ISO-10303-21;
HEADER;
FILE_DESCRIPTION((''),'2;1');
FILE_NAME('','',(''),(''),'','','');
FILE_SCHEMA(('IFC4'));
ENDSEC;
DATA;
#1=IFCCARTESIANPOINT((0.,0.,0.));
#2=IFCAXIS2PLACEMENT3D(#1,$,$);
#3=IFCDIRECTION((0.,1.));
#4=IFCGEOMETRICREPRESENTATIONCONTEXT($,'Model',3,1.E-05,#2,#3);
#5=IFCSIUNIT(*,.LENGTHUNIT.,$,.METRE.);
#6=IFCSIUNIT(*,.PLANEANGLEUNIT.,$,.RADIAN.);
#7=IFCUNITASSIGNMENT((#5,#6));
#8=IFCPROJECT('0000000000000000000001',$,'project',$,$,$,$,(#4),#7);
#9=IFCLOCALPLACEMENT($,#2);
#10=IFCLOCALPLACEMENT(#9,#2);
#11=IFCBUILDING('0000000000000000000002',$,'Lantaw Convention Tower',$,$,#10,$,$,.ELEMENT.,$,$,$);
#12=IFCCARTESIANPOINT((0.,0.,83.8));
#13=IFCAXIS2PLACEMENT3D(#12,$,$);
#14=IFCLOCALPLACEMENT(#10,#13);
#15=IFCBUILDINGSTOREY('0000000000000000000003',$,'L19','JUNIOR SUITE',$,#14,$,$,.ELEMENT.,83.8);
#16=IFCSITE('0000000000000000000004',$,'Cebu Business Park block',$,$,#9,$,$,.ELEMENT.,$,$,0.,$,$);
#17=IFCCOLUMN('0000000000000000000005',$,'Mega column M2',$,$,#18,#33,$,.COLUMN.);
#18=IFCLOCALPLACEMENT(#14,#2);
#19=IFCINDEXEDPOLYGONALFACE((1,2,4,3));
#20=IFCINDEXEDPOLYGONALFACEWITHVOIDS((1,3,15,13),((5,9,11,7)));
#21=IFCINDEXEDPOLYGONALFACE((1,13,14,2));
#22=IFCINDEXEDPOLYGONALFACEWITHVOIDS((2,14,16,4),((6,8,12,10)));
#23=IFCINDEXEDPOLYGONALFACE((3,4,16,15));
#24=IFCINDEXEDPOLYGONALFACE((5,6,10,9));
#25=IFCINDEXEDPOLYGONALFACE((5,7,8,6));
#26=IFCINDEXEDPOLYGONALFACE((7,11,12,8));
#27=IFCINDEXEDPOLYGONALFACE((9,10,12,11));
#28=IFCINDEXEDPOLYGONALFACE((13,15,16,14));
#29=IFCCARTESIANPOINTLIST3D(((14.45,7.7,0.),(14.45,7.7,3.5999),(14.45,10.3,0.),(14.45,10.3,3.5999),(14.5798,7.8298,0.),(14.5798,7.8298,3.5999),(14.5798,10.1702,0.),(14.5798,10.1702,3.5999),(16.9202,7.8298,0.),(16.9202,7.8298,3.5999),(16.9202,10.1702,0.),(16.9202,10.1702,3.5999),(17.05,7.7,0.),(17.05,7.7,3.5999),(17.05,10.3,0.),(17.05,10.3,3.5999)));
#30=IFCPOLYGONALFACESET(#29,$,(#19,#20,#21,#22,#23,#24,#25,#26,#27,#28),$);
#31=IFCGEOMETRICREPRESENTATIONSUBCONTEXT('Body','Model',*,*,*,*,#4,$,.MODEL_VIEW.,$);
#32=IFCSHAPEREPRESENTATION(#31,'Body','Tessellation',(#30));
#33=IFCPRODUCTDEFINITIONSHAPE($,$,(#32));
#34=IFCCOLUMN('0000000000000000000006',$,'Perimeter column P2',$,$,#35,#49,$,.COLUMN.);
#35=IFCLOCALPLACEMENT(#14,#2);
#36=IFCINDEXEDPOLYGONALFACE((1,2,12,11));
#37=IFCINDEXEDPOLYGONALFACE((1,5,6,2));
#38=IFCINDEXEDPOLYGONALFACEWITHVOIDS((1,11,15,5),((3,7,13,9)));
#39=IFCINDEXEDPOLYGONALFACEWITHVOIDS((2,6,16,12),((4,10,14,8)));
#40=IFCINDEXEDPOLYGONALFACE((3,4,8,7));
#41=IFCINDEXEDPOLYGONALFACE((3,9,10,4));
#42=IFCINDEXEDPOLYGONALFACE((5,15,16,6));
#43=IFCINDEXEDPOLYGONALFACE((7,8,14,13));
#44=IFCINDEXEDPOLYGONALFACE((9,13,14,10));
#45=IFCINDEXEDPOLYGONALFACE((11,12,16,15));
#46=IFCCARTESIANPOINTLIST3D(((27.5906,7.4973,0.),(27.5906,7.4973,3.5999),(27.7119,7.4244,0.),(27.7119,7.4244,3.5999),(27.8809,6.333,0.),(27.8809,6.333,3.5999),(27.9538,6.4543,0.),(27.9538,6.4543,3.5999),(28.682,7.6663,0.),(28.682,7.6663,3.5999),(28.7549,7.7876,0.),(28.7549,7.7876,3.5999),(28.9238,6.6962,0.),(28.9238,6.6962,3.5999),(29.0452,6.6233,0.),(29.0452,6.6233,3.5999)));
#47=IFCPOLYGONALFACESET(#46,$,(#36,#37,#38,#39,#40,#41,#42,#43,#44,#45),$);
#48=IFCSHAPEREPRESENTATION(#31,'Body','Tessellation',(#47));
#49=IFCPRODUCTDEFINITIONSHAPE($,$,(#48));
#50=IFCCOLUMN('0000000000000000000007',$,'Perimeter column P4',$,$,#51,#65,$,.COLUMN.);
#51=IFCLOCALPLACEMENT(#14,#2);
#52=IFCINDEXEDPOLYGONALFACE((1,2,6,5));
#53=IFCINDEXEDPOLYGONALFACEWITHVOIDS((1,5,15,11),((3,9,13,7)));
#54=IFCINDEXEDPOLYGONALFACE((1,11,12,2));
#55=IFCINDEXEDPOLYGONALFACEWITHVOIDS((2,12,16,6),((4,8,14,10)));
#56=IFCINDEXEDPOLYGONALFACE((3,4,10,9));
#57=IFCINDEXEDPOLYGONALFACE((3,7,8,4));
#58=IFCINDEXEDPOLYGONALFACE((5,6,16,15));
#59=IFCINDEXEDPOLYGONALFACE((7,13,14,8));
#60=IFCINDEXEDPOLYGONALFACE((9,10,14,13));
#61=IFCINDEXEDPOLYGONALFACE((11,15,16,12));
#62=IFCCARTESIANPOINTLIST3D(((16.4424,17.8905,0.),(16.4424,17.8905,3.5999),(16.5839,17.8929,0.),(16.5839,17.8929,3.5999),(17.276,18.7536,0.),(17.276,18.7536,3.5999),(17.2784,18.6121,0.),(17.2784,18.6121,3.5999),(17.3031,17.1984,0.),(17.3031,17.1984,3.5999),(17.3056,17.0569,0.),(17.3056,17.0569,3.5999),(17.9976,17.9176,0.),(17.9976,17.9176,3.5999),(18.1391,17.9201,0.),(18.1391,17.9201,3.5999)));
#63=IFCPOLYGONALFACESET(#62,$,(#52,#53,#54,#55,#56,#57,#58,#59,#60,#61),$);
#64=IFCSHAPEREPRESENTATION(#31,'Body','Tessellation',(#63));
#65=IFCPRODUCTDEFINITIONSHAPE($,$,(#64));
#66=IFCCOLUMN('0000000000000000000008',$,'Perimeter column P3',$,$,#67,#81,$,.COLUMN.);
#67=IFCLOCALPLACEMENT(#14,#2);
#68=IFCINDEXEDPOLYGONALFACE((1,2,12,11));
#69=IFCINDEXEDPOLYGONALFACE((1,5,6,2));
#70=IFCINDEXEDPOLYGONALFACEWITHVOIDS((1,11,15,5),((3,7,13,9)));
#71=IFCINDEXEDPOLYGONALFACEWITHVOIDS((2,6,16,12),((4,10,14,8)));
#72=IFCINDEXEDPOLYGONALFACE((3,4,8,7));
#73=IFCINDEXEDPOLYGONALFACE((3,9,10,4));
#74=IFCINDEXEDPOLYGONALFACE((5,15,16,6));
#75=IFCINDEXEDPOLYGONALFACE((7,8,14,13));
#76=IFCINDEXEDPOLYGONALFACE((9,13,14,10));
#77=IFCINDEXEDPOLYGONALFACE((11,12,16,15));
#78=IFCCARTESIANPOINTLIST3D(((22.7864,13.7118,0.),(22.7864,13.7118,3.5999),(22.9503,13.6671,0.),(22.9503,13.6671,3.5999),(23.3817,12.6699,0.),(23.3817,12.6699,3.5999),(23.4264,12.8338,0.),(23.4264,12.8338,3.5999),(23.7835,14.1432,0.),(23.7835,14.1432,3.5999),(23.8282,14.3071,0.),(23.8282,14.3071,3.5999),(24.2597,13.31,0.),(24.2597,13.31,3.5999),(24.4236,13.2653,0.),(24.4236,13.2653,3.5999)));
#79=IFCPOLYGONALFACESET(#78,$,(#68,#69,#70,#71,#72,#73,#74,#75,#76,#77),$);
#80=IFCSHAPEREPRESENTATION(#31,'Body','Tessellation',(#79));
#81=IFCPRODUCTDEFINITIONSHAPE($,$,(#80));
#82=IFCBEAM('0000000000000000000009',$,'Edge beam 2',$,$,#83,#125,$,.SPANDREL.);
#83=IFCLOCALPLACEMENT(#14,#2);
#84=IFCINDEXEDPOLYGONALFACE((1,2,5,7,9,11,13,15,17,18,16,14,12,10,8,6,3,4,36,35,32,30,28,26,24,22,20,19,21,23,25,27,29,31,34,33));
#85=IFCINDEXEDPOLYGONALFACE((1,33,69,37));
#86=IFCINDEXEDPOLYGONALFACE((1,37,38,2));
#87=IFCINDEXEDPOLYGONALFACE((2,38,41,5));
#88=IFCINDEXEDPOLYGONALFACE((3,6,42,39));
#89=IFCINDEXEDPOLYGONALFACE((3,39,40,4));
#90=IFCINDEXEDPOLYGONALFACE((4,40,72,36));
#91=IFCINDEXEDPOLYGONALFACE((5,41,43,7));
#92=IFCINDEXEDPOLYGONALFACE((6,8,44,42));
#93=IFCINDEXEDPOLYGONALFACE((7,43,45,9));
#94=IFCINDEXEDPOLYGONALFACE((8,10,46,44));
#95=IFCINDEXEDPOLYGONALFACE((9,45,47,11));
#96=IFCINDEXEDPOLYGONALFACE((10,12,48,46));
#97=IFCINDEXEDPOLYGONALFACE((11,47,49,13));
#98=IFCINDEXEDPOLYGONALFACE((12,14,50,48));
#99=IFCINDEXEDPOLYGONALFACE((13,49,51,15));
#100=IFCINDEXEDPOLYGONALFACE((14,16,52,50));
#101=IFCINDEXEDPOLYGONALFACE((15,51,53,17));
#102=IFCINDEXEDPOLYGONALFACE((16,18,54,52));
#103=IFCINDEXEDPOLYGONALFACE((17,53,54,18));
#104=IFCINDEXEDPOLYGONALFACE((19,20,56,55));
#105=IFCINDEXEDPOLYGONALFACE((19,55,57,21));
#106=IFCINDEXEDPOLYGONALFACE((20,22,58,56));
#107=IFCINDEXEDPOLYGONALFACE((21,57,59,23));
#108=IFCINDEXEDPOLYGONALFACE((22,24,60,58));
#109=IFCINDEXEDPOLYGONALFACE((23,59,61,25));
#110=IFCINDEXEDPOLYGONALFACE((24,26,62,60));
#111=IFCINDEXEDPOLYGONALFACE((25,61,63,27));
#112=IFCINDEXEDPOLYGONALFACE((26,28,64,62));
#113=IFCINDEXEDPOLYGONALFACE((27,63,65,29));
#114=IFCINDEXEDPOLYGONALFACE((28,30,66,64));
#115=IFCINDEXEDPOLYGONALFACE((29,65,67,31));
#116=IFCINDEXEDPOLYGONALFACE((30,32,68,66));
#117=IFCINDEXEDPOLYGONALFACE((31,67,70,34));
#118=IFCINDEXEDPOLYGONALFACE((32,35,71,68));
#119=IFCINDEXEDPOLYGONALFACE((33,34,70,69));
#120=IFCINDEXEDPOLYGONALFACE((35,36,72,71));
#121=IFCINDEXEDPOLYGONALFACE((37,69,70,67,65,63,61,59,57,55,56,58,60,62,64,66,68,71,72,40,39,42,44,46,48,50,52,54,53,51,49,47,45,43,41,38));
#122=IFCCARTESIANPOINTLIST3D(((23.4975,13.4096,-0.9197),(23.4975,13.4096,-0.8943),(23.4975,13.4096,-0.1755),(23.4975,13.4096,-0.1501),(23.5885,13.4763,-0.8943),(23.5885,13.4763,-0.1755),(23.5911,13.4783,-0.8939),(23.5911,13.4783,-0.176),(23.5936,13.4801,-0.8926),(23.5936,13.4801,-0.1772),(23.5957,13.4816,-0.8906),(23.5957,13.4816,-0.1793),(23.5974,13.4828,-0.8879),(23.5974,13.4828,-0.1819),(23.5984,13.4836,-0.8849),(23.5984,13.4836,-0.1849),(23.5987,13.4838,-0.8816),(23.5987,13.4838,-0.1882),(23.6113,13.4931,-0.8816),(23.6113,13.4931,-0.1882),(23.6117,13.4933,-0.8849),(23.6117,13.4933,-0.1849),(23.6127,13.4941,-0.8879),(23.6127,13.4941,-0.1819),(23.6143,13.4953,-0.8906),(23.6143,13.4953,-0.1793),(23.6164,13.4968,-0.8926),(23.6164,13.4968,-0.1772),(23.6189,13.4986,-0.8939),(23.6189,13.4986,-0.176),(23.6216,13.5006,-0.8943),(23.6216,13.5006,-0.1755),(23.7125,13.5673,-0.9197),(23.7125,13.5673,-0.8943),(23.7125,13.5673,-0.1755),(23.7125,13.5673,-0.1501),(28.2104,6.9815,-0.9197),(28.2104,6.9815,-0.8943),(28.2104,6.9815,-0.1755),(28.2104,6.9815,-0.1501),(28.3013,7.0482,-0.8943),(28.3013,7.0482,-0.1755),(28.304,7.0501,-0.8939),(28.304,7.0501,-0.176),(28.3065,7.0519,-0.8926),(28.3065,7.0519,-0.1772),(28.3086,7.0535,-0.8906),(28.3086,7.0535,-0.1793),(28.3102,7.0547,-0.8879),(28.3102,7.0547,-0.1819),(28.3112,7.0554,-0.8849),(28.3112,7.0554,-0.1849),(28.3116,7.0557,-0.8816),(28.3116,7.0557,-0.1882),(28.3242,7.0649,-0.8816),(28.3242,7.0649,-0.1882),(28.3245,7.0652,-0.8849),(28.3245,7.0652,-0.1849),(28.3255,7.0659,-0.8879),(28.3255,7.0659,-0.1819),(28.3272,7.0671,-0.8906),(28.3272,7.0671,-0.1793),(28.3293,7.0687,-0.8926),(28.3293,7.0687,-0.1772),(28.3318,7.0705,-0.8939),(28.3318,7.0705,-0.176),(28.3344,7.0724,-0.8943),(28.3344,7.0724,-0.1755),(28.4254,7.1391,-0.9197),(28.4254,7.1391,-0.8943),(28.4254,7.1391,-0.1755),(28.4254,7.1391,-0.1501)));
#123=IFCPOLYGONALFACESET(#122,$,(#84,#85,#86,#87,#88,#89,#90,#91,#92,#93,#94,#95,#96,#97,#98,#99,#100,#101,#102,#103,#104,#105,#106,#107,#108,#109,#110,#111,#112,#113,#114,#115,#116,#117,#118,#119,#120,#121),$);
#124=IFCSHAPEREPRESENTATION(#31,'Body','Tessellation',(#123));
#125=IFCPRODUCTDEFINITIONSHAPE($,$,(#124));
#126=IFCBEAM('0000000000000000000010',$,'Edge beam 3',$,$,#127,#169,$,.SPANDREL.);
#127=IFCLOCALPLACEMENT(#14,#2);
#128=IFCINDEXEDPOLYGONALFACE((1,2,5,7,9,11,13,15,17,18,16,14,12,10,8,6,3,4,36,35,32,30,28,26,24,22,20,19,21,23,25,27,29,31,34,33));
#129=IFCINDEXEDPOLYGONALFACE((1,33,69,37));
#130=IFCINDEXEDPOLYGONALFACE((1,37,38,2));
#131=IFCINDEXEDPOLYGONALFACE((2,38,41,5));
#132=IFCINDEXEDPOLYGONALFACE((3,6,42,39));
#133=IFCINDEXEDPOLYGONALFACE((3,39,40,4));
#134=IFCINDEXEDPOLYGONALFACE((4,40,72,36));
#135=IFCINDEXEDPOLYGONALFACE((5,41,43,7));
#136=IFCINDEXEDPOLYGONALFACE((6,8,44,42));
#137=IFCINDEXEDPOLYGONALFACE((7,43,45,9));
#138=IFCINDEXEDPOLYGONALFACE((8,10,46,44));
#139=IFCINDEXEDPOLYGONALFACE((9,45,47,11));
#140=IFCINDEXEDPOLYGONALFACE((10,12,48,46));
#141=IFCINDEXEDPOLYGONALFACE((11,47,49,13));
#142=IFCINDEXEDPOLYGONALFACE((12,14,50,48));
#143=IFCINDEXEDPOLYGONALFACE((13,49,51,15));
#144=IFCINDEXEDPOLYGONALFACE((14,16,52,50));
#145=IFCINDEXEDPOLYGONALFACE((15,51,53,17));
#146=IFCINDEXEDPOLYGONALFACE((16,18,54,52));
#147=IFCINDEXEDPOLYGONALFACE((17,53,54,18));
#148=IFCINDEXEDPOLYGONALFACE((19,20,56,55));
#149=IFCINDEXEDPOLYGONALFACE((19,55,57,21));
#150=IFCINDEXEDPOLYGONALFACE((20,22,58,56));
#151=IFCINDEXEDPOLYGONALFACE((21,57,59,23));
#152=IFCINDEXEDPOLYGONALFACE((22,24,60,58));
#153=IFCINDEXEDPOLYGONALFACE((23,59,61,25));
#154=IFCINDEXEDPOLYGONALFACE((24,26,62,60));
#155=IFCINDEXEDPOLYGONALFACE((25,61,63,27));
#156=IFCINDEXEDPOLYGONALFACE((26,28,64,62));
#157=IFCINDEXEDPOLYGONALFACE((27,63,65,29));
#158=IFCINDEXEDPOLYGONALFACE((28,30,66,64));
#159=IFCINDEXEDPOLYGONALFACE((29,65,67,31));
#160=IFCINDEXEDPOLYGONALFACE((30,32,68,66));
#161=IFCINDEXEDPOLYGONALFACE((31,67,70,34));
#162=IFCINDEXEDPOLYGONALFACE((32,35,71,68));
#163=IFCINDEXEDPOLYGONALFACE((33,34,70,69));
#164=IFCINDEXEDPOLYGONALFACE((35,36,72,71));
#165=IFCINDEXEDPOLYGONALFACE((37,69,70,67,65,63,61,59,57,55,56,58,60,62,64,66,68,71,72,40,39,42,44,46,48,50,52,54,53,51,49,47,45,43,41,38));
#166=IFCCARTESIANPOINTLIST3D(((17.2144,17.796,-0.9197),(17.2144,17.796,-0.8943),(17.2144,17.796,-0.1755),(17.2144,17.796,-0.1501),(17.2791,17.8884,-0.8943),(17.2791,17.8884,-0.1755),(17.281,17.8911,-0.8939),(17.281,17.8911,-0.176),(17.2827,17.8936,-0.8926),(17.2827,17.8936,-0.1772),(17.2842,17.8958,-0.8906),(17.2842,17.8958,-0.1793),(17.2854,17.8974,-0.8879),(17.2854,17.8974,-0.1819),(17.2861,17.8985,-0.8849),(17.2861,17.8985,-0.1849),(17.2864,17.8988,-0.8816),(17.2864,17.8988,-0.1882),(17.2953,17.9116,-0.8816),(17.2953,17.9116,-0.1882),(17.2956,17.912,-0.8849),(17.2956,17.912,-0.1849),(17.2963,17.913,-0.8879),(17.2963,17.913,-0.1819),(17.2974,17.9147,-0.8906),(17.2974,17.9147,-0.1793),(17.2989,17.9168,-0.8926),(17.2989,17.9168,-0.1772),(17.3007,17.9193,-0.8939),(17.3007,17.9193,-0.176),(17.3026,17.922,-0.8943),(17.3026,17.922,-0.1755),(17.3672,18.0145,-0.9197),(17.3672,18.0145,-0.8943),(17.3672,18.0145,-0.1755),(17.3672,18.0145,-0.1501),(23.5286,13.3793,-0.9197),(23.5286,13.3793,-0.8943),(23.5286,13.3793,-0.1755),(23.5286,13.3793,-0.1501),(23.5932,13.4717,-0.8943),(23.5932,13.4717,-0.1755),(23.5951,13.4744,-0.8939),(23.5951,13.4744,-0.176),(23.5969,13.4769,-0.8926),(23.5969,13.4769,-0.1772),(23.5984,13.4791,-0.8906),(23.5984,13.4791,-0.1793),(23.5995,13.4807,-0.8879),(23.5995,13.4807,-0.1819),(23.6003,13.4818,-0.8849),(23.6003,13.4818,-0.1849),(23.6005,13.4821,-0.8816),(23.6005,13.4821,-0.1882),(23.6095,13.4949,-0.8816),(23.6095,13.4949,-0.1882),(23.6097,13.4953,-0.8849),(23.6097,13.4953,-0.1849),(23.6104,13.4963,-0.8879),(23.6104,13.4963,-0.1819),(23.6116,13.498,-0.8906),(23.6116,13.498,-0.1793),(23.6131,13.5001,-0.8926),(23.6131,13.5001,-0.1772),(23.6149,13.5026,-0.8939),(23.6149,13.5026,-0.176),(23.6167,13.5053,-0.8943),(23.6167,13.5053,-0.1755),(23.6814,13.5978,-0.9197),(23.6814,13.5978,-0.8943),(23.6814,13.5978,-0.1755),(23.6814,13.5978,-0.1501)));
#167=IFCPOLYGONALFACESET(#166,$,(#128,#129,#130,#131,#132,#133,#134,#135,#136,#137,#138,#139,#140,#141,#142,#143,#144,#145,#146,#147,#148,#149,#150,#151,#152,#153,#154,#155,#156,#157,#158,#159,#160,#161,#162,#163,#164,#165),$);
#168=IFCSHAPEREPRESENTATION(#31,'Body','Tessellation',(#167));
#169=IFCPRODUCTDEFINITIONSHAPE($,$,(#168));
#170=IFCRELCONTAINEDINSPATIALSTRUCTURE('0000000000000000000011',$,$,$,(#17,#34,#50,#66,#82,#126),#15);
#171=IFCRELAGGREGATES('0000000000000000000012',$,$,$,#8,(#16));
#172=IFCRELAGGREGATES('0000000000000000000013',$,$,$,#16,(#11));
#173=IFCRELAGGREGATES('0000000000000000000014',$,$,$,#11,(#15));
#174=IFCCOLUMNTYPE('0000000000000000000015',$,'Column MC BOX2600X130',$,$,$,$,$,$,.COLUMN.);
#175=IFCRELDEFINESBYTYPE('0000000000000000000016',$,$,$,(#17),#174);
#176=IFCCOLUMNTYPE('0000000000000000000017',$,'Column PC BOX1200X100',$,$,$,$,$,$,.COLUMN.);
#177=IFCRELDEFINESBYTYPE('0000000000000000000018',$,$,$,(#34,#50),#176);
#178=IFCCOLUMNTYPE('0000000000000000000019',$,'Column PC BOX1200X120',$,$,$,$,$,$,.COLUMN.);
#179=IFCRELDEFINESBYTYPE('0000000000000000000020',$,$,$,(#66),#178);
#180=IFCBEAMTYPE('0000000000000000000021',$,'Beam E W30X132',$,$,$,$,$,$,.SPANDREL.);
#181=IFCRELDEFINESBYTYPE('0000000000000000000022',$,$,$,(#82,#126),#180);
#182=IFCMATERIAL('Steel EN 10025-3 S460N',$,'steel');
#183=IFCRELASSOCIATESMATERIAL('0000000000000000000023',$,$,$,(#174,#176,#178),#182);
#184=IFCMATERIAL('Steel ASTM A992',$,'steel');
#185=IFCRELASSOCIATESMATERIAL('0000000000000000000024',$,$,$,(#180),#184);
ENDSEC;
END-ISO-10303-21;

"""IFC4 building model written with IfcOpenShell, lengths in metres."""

from ifc_helpers import new_model, si_unit, direction, frame, origin, origin_2d, place, context, subcontext, project, spatial, rectangle, hollow_rectangle, i_section, extrude, material, material_profile, profile_set, type_object, element, save


model = new_model("IFC4")

# Units and contexts
model_context = context("Model", 3, precision=1e-05, world=origin(), true_north=direction((0.0, 1.0)))
body_context = subcontext(model_context, "Body", "Model", "MODEL_VIEW")
ifc_project = project(units=[si_unit("LENGTHUNIT", "METRE"), si_unit("PLANEANGLEUNIT", "RADIAN")], contexts=[model_context])

# Site, building, storey
site_placement = place(None, origin())
site = spatial("IfcSite", under=ifc_project, at=site_placement, Name="Cebu Business Park block", CompositionType="ELEMENT", RefElevation=0.0)
building_placement = place(site_placement, origin())
building = spatial("IfcBuilding", under=site, at=building_placement, Name="Lantaw Convention Tower", CompositionType="ELEMENT")
storey_placement = place(building_placement, frame((0.0, 0.0, 83.8)))
storey = spatial("IfcBuildingStorey", under=building, at=storey_placement, Name="L19", Description="JUNIOR SUITE", CompositionType="ELEMENT", Elevation=83.8)

# Columns
ifc_material_1 = material(Name="Steel EN 10025-3 S460N", Category="steel")
ifc_material_profile_1 = material_profile(ifc_material_1, hollow_rectangle(XDim=2.6001, YDim=2.6001, WallThickness=0.1299, at=origin_2d()), Name="BOX2600X130")
ifc_material_2 = material(Name="Concrete C60/75", Category="concrete")
ifc_material_profile_2 = material_profile(ifc_material_2, rectangle(XDim=2.3401, YDim=2.3401, at=origin_2d()), Name="Concrete fill of BOX2600X130")
ifc_profile_set_1 = profile_set([ifc_material_profile_1, ifc_material_profile_2], Name="Steel EN 10025-3 S460N")
column_type_1 = type_object("IfcColumnType", Name="Column MC BOX2600X130", PredefinedType="COLUMN", material=ifc_profile_set_1)
column_1_placement = place(storey_placement, frame((15.75, 9.0, 0.0), z_axis=(0.0, 0.0, 1.0), x_axis=(1.0, 0.0, 0.0)))
element("IfcColumn", 1, at=column_1_placement, inside=storey, type_object=column_type_1, Name="Mega column M2", PredefinedType="COLUMN", context=body_context, shape_type="SweptSolid", body=[
    extrude(hollow_rectangle(XDim=2.6001, YDim=2.6001, WallThickness=0.1299, at=origin_2d()), origin(), (0.0, 0.0, 1.0), 3.5999),
])
ifc_material_profile_3 = material_profile(ifc_material_1, hollow_rectangle(XDim=1.2, YDim=1.2, WallThickness=0.1001, at=origin_2d()), Name="BOX1200X100")
ifc_material_profile_4 = material_profile(ifc_material_2, rectangle(XDim=1.0, YDim=1.0, at=origin_2d()), Name="Concrete fill of BOX1200X100")
ifc_profile_set_2 = profile_set([ifc_material_profile_3, ifc_material_profile_4], Name="Steel EN 10025-3 S460N")
column_type_2 = type_object("IfcColumnType", Name="Column PC BOX1200X100", PredefinedType="COLUMN", material=ifc_profile_set_2)
for number, where, z_axis, x_axis, name in (
    (2, (28.3179, 7.0603, 0.0), (0.0, 0.0, 1.0), (0.970296, 0.241922, 0.0), "Perimeter column P2"),
    (3, (17.2908, 17.9053, 0.0), (0.0, 0.0, 1.0), (0.694658, 0.71934, 0.0), "Perimeter column P4"),
):
    element("IfcColumn", number, at=place(storey_placement, frame(where, z_axis=z_axis, x_axis=x_axis)), inside=storey, type_object=column_type_2, Name=name, PredefinedType="COLUMN", context=body_context, shape_type="SweptSolid", body=[
        extrude(hollow_rectangle(XDim=1.2, YDim=1.2, WallThickness=0.1001, at=origin_2d()), origin(), (0.0, 0.0, 1.0), 3.5999),
    ])
ifc_material_profile_5 = material_profile(ifc_material_1, hollow_rectangle(XDim=1.2, YDim=1.2, WallThickness=0.1201, at=origin_2d()), Name="BOX1200X120")
ifc_material_profile_6 = material_profile(ifc_material_2, rectangle(XDim=0.96, YDim=0.96, at=origin_2d()), Name="Concrete fill of BOX1200X120")
ifc_profile_set_3 = profile_set([ifc_material_profile_5, ifc_material_profile_6], Name="Steel EN 10025-3 S460N")
column_type_3 = type_object("IfcColumnType", Name="Column PC BOX1200X120", PredefinedType="COLUMN", material=ifc_profile_set_3)
column_2_placement = place(storey_placement, frame((23.605, 13.4885, 0.0), z_axis=(0.0, 0.0, 1.0), x_axis=(0.868243, 0.496139, 0.0)))
element("IfcColumn", 4, at=column_2_placement, inside=storey, type_object=column_type_3, Name="Perimeter column P3", PredefinedType="COLUMN", context=body_context, shape_type="SweptSolid", body=[
    extrude(hollow_rectangle(XDim=1.2, YDim=1.2, WallThickness=0.1201, at=origin_2d()), origin(), (0.0, 0.0, 1.0), 3.5999),
])

# Beams
ifc_material_3 = material(Name="Steel ASTM A992", Category="steel")
ifc_material_profile_7 = material_profile(ifc_material_3, i_section(OverallWidth=0.2666, OverallDepth=0.7695, WebThickness=0.0156, FlangeThickness=0.0254, FilletRadius=0.0127, at=origin_2d()), Name="W30X132")
ifc_profile_set_4 = profile_set([ifc_material_profile_7], Name="Steel ASTM A992")
beam_type_1 = type_object("IfcBeamType", Name="Beam E W30X132", PredefinedType="SPANDREL", material=ifc_profile_set_4)
beam_1_placement = place(storey_placement, frame((28.3179, 7.0603, -0.5349), z_axis=(-0.591271, 0.806473, 0.0), x_axis=(-0.806473, -0.591271, 0.0)))
element("IfcBeam", 5, at=beam_1_placement, inside=storey, type_object=beam_type_1, Name="Edge beam 2", PredefinedType="SPANDREL", context=body_context, shape_type="SweptSolid", body=[
    extrude(i_section(OverallWidth=0.2666, OverallDepth=0.7695, WebThickness=0.0156, FlangeThickness=0.0254, FilletRadius=0.0127, at=origin_2d()), origin(), (0.0, 0.0, 1.0), 7.9707),
])
beam_2_placement = place(storey_placement, frame((23.605, 13.4885, -0.5349), z_axis=(-0.819427, 0.573184, 0.0), x_axis=(-0.573184, -0.819427, 0.0)))
element("IfcBeam", 6, at=beam_2_placement, inside=storey, type_object=beam_type_1, Name="Edge beam 3", PredefinedType="SPANDREL", context=body_context, shape_type="SweptSolid", body=[
    extrude(i_section(OverallWidth=0.2666, OverallDepth=0.7695, WebThickness=0.0156, FlangeThickness=0.0254, FilletRadius=0.0127, at=origin_2d()), origin(), (0.0, 0.0, 1.0), 7.7056),
])

save(model, "model.ifc")
